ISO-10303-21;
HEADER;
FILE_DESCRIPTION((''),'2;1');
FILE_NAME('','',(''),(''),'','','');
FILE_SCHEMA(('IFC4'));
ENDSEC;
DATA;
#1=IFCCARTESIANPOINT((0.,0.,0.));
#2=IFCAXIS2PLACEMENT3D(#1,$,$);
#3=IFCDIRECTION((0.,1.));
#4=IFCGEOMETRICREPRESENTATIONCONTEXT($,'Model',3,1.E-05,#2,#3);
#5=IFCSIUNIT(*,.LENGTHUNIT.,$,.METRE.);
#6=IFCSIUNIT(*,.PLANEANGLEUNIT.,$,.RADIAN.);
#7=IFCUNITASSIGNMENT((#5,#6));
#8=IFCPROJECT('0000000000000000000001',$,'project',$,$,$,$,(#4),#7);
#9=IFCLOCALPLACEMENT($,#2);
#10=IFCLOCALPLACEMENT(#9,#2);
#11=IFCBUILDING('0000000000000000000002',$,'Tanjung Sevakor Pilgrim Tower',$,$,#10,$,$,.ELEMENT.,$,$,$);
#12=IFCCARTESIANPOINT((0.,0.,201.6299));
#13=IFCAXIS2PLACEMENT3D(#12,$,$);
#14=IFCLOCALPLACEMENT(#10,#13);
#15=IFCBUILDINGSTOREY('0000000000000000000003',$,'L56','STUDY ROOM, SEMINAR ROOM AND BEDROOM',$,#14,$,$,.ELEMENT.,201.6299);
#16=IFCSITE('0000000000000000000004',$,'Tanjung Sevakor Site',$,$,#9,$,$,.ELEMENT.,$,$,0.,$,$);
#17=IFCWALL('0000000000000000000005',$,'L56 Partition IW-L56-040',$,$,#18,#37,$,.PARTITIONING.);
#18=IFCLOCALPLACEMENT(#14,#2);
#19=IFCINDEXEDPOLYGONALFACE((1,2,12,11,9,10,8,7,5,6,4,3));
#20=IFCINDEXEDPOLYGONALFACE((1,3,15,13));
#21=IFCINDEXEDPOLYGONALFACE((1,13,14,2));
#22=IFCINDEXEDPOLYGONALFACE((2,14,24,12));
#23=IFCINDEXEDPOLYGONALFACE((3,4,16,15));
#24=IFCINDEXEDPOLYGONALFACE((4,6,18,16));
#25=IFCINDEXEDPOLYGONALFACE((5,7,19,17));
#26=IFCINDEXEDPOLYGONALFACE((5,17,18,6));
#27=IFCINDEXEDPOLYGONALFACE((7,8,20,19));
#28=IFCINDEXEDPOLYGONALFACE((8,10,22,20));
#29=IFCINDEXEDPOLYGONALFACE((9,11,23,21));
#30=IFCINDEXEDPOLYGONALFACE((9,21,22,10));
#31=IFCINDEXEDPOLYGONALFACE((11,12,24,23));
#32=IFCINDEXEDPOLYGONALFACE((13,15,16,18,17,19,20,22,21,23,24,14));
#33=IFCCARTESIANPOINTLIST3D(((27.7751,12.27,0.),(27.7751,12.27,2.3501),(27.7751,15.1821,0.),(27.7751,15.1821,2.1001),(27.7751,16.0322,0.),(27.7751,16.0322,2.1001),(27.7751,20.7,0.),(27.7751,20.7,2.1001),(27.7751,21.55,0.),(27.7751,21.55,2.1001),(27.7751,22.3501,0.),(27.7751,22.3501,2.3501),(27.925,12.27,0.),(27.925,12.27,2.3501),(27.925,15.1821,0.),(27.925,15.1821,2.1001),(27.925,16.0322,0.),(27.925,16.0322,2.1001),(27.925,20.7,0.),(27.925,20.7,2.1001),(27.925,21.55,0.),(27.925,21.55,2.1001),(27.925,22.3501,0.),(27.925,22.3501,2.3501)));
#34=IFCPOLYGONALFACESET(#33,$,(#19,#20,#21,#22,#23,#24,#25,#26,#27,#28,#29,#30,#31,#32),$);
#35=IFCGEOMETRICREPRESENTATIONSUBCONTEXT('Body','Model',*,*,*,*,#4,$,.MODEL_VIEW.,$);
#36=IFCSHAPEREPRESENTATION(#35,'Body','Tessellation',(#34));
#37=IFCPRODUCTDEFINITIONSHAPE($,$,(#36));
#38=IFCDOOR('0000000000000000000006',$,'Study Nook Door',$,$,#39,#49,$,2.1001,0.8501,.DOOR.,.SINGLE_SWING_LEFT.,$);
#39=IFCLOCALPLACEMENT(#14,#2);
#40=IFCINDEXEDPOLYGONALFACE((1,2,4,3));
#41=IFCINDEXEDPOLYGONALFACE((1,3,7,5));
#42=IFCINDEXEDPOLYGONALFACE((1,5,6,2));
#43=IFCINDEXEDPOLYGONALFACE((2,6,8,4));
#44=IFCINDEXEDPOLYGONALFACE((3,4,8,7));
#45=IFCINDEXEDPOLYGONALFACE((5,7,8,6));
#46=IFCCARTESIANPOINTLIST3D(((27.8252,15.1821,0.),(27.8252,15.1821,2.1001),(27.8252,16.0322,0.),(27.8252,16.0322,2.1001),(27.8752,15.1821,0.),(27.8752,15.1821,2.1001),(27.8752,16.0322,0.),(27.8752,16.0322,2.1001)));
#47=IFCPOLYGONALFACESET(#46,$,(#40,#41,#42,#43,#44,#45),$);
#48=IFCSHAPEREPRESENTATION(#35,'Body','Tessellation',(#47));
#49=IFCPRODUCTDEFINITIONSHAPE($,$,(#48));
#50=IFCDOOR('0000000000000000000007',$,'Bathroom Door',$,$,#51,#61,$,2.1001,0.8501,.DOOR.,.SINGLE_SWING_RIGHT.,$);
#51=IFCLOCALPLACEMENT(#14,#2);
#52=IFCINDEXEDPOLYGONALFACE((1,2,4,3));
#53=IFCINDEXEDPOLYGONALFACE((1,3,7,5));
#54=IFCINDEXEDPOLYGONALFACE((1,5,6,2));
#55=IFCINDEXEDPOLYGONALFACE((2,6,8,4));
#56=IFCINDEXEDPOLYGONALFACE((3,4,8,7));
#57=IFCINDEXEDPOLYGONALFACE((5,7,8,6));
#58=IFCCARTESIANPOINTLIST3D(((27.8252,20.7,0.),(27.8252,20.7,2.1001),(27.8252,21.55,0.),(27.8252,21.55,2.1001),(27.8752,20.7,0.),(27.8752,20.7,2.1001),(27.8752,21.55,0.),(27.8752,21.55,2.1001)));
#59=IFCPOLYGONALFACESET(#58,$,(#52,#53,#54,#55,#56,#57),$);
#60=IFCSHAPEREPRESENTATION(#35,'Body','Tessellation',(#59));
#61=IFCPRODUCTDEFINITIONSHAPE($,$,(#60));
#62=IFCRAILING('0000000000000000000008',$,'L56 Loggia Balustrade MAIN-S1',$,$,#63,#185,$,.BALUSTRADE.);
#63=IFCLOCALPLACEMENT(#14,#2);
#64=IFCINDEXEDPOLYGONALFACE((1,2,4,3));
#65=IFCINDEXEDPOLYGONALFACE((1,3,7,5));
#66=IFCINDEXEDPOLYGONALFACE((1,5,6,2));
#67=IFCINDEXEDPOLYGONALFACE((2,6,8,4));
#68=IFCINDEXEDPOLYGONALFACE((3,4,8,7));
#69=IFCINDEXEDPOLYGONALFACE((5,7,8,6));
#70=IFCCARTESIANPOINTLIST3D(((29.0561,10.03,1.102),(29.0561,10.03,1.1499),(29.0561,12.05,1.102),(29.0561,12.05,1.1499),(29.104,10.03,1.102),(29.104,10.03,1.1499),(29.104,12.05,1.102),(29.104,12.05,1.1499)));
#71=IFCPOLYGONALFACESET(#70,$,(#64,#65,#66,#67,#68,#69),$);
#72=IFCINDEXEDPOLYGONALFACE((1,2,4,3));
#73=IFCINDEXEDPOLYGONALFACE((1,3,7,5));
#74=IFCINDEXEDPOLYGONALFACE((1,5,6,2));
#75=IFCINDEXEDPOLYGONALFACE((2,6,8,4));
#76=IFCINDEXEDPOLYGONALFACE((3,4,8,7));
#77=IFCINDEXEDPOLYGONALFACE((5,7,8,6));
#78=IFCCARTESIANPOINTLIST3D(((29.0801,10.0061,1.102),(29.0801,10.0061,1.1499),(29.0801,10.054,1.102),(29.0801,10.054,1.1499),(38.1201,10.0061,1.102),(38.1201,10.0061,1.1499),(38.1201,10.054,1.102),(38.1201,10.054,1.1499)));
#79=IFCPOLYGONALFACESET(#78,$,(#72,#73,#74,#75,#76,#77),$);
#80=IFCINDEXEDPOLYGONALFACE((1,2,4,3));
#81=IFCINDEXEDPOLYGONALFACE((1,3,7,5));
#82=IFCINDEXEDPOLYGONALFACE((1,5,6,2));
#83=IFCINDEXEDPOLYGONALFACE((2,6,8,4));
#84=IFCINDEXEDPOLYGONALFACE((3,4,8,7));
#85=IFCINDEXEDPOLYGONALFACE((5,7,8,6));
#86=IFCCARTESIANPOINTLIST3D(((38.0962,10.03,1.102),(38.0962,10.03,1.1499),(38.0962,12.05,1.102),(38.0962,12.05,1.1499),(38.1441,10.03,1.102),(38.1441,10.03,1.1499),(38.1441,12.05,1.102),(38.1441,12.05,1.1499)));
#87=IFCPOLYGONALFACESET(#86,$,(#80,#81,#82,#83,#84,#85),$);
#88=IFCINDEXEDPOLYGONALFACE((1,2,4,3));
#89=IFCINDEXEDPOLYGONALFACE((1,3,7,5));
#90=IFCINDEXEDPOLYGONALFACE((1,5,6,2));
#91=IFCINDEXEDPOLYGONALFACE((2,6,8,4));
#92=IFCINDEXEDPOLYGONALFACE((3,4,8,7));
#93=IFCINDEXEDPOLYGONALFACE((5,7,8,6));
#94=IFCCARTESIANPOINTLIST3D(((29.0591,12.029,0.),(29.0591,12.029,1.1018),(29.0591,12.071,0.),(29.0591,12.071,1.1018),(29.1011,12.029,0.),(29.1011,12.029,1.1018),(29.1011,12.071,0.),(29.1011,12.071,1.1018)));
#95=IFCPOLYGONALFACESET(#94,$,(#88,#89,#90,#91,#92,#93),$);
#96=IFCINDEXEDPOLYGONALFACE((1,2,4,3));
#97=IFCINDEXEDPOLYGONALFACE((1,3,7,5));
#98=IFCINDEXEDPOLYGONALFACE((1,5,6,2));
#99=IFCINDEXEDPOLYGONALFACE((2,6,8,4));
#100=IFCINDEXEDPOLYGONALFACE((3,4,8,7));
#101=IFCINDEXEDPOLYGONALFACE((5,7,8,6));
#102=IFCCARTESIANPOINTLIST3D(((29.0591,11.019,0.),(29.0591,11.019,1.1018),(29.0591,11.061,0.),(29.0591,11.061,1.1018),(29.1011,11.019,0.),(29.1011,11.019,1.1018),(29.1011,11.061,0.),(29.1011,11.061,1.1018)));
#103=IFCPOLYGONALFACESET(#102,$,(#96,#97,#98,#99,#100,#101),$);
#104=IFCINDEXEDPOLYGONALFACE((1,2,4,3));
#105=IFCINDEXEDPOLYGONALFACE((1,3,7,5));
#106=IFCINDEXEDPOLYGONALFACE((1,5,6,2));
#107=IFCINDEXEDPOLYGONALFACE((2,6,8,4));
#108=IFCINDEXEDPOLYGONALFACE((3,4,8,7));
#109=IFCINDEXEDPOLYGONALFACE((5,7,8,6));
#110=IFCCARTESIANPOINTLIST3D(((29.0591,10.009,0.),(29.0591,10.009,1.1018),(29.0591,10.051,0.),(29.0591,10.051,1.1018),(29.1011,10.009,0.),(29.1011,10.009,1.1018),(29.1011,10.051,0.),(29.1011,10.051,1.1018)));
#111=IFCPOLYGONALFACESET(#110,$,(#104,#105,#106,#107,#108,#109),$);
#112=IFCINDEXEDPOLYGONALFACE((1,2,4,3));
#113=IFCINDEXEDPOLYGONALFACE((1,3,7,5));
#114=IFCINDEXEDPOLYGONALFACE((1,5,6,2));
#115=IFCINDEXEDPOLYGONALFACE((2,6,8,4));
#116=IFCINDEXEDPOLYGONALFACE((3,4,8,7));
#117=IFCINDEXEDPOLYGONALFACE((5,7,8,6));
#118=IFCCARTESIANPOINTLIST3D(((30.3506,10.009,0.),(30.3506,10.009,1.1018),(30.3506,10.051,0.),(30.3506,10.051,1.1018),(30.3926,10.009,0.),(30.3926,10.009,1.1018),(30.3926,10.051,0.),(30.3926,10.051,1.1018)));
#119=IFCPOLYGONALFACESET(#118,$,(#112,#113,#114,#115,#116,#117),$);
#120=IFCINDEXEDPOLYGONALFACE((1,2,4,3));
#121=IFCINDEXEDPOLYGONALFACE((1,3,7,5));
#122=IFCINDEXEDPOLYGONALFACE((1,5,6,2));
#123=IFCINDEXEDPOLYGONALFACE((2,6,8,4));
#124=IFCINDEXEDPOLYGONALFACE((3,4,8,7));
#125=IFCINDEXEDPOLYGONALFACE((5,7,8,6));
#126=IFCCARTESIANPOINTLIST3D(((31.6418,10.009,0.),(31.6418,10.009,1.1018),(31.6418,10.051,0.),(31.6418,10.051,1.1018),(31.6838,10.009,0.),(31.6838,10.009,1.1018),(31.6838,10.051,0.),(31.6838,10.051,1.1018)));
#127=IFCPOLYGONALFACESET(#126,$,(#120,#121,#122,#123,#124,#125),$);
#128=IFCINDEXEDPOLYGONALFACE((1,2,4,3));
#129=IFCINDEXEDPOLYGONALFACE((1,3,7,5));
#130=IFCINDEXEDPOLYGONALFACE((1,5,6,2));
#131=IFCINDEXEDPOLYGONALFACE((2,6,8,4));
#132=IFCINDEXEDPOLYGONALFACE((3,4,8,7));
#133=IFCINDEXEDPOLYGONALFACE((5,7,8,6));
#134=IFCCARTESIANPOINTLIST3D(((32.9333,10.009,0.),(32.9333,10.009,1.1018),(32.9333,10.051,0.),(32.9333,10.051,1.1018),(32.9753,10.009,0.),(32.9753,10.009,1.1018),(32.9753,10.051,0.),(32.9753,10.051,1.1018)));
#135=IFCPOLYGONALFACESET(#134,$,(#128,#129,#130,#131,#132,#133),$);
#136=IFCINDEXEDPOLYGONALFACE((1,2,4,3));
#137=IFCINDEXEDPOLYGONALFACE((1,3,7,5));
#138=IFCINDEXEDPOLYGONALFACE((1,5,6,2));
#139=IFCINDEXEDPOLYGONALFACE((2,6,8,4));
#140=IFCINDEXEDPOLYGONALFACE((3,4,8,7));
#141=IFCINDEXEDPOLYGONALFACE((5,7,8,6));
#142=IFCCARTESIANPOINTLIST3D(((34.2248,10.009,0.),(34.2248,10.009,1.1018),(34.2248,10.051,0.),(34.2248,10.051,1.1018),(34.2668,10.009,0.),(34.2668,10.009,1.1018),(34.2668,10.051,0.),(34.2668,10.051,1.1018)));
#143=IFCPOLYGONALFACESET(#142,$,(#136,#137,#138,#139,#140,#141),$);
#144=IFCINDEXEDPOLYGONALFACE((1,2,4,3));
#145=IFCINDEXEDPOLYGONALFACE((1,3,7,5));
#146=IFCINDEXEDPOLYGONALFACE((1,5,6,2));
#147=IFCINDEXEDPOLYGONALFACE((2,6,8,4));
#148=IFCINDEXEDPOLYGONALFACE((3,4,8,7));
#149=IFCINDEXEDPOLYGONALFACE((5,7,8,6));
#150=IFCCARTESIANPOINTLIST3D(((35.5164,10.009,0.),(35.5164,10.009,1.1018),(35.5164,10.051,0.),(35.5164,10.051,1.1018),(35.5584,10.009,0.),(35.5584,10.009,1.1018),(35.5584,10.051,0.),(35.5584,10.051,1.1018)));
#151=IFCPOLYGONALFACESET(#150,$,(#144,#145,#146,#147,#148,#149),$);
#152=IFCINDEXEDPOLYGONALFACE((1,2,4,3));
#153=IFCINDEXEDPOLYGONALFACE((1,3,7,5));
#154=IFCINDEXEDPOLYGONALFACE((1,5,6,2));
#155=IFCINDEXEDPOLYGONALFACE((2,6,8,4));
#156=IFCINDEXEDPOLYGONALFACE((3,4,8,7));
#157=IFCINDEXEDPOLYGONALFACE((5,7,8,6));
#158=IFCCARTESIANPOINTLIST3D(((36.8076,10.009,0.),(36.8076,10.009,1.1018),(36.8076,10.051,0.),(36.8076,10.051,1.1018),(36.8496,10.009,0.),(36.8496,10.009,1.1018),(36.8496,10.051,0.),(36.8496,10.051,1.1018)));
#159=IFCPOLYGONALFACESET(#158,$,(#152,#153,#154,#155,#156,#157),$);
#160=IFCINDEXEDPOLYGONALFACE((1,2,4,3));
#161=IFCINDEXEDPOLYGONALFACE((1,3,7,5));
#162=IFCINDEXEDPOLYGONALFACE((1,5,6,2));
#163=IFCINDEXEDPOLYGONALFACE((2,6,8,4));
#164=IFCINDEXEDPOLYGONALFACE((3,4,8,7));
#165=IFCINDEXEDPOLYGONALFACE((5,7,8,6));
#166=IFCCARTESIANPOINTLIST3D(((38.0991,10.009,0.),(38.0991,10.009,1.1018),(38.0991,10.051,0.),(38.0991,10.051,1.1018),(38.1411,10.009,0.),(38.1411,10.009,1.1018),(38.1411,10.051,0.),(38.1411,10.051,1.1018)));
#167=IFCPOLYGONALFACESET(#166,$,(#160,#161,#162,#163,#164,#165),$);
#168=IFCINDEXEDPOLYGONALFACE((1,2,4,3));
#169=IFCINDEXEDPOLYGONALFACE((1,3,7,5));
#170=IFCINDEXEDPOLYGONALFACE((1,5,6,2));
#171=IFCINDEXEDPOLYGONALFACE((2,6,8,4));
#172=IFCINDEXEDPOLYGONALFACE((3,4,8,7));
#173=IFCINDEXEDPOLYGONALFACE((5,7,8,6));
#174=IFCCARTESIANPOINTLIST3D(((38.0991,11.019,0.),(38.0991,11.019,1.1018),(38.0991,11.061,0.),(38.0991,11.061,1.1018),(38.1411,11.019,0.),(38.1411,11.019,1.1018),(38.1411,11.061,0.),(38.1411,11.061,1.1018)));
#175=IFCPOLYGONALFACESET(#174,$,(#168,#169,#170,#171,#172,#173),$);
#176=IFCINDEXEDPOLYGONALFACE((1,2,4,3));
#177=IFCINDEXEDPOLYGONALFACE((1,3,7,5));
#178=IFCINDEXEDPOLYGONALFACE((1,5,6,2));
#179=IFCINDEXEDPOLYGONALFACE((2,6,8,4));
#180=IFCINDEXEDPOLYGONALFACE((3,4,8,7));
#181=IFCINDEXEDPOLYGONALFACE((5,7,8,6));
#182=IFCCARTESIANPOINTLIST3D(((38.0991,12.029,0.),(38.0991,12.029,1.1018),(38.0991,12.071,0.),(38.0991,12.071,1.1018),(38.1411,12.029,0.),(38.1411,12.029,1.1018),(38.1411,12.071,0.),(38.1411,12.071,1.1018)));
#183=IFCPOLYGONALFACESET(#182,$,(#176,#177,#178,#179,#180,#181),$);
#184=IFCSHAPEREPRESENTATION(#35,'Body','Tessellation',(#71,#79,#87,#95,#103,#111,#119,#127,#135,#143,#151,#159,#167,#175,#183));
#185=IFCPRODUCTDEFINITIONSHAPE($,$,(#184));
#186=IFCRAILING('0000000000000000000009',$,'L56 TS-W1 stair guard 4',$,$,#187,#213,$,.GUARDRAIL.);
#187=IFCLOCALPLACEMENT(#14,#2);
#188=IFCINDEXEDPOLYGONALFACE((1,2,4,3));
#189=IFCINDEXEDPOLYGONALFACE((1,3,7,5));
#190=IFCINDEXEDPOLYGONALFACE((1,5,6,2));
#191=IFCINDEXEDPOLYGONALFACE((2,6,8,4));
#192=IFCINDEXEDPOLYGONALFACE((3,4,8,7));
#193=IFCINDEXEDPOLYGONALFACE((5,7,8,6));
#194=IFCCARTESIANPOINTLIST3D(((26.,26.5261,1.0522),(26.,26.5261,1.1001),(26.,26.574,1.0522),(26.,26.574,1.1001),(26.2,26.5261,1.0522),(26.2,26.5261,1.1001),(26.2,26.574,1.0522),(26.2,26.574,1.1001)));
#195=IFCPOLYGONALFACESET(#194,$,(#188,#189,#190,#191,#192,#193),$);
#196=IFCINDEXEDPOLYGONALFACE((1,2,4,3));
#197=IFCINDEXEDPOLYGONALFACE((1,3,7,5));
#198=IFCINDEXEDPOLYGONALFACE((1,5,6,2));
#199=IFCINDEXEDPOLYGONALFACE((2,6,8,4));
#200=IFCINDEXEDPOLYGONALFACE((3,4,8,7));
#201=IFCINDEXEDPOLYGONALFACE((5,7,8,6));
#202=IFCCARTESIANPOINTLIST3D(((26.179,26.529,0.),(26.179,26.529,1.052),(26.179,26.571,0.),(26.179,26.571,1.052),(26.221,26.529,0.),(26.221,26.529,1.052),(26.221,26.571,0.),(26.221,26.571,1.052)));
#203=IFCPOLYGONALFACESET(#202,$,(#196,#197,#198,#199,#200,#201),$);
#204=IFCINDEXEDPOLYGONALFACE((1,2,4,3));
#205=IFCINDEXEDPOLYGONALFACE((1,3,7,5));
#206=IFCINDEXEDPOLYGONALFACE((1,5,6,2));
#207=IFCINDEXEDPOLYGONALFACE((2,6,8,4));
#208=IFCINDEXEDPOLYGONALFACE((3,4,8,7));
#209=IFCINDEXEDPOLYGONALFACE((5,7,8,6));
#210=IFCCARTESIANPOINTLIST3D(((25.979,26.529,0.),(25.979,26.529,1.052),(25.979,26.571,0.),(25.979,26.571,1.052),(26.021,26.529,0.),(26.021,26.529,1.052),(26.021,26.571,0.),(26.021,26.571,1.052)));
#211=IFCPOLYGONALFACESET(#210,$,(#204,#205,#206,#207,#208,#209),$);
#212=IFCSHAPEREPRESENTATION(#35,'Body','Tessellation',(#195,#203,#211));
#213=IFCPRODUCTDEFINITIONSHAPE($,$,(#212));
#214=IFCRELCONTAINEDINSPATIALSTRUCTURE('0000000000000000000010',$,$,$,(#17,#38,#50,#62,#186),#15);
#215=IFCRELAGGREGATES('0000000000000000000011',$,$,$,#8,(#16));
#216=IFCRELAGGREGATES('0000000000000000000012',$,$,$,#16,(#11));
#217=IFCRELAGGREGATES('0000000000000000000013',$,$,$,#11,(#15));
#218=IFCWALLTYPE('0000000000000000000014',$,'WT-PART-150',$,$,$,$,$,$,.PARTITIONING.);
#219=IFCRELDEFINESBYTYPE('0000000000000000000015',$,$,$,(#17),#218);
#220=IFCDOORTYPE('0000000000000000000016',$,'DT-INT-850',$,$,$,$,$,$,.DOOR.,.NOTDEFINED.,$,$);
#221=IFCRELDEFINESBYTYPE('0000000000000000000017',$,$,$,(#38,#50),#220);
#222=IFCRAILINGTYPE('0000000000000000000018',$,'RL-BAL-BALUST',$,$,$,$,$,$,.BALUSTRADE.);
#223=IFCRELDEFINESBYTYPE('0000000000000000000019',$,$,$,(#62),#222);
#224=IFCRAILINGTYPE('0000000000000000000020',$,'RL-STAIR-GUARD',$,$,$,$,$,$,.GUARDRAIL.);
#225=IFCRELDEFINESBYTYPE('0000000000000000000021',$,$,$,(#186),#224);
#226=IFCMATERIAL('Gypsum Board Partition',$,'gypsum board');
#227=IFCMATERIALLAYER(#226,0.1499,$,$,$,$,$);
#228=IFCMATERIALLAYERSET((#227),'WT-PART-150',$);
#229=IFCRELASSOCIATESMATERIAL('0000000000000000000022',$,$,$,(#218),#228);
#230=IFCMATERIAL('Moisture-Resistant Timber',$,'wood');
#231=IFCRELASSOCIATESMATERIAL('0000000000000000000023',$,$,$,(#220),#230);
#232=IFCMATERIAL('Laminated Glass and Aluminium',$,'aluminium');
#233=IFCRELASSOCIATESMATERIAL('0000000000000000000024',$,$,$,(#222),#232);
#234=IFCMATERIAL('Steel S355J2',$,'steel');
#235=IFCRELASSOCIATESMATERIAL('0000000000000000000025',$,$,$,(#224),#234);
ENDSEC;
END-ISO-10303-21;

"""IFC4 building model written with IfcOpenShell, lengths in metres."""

from ifc_helpers import new_model, si_unit, direction, frame, frame_2d, origin, place, context, subcontext, project, spatial, rectangle, extrude, material, layer, layer_set, type_object, element, fill, save


model = new_model("IFC4")

# Units and contexts
model_context = context("Model", 3, precision=1e-05, world=origin(), true_north=direction((0.0, 1.0)))
body_context = subcontext(model_context, "Body", "Model", "MODEL_VIEW")
ifc_project = project(units=[si_unit("LENGTHUNIT", "METRE"), si_unit("PLANEANGLEUNIT", "RADIAN")], contexts=[model_context])

# Site, building, storey
site_placement = place(None, origin())
site = spatial("IfcSite", under=ifc_project, at=site_placement, Name="Tanjung Sevakor Site", CompositionType="ELEMENT", RefElevation=0.0)
building_placement = place(site_placement, origin())
building = spatial("IfcBuilding", under=site, at=building_placement, Name="Tanjung Sevakor Pilgrim Tower", CompositionType="ELEMENT")
storey_placement = place(building_placement, frame((0.0, 0.0, 201.6299)))
storey = spatial("IfcBuildingStorey", under=building, at=storey_placement, Name="L56", Description="STUDY ROOM, SEMINAR ROOM AND BEDROOM", CompositionType="ELEMENT", Elevation=201.6299)

# Shared definitions
ifc_material_1 = material(Name="Gypsum Board Partition", Category="gypsum board")
ifc_layer_1 = layer(ifc_material_1, 0.1499)
ifc_layer_set_1 = layer_set([ifc_layer_1], Name="WT-PART-150")
wall_type_1 = type_object("IfcWallType", Name="WT-PART-150", PredefinedType="PARTITIONING", material=ifc_layer_set_1)

# Wall, openings, doors
wall_1_placement = place(storey_placement, frame((27.8501, 12.27, 0.0), z_axis=(0.0, 0.0, 1.0), x_axis=(0.0, 1.0, 0.0)))
wall_1 = element("IfcWall", 1, at=wall_1_placement, inside=storey, type_object=wall_type_1, Name="L56 Partition IW-L56-040", PredefinedType="PARTITIONING", context=body_context, shape_type="SweptSolid", body=[
    extrude(rectangle(XDim=10.0801, YDim=0.1499, at=frame_2d((5.04, 0.0))), origin(), (0.0, 0.0, 1.0), 2.3501),
])
opening_1_placement = place(wall_1_placement, frame((2.9121, 0.0, 0.0)))
opening_1 = element("IfcOpeningElement", 2, at=opening_1_placement, cuts=wall_1, PredefinedType="OPENING", context=body_context, shape_type="SweptSolid", body=[
    extrude(rectangle(XDim=0.8501, YDim=2.1001, at=frame_2d((0.425, 1.05))), frame((0.0, 0.085, 0.0), z_axis=(0.0, -1.0, 0.0), x_axis=(1.0, 0.0, 0.0)), (0.0, 0.0, 1.0), 0.1699),
])
opening_2_placement = place(wall_1_placement, frame((8.4299, 0.0, 0.0)))
opening_2 = element("IfcOpeningElement", 3, at=opening_2_placement, cuts=wall_1, PredefinedType="OPENING", context=body_context, shape_type="SweptSolid", body=[
    extrude(rectangle(XDim=0.8501, YDim=2.1001, at=frame_2d((0.425, 1.05))), frame((0.0, 0.085, 0.0), z_axis=(0.0, -1.0, 0.0), x_axis=(1.0, 0.0, 0.0)), (0.0, 0.0, 1.0), 0.1699),
])
ifc_material_2 = material(Name="Moisture-Resistant Timber", Category="wood")
door_type_1 = type_object("IfcDoorType", Name="DT-INT-850", OperationType="NOTDEFINED", PredefinedType="DOOR", material=ifc_material_2)
door_1_placement = place(opening_1_placement, origin())
door_1 = element("IfcDoor", 4, at=door_1_placement, inside=storey, type_object=door_type_1, Name="Study Nook Door", OperationType="SINGLE_SWING_LEFT", OverallHeight=2.1001, OverallWidth=0.8501, PredefinedType="DOOR", context=body_context, shape_type="SweptSolid", body=[
    extrude(rectangle(XDim=0.8501, YDim=2.1001, at=frame_2d((0.425, 1.05))), frame((0.0, 0.0249, 0.0), z_axis=(0.0, -1.0, 0.0), x_axis=(1.0, 0.0, 0.0)), (0.0, 0.0, 1.0), 0.05),
])
fill(opening_1, door_1)
door_2_placement = place(opening_2_placement, origin())
door_2 = element("IfcDoor", 5, at=door_2_placement, inside=storey, type_object=door_type_1, Name="Bathroom Door", OperationType="SINGLE_SWING_RIGHT", OverallHeight=2.1001, OverallWidth=0.8501, PredefinedType="DOOR", context=body_context, shape_type="SweptSolid", body=[
    extrude(rectangle(XDim=0.8501, YDim=2.1001, at=frame_2d((0.425, 1.05))), frame((0.0, 0.0249, 0.0), z_axis=(0.0, -1.0, 0.0), x_axis=(1.0, 0.0, 0.0)), (0.0, 0.0, 1.0), 0.05),
])
fill(opening_2, door_2)

# Railings
ifc_material_3 = material(Name="Laminated Glass and Aluminium", Category="aluminium")
railing_type_1 = type_object("IfcRailingType", Name="RL-BAL-BALUST", PredefinedType="BALUSTRADE", material=ifc_material_3)
railing_1_placement = place(storey_placement, frame((29.0801, 12.05, 0.0)))
element("IfcRailing", 6, at=railing_1_placement, inside=storey, type_object=railing_type_1, Name="L56 Loggia Balustrade MAIN-S1", PredefinedType="BALUSTRADE", context=body_context, shape_type="SweptSolid", body=[
    extrude(rectangle(XDim=0.0479, YDim=0.0479), frame((0.0, 0.0, 1.126), z_axis=(0.0, -1.0, 0.0), x_axis=(1.0, 0.0, 0.0)), (0.0, 0.0, 1.0), 2.02),
    extrude(rectangle(XDim=0.0479, YDim=0.0479), frame((0.0, -2.02, 1.126), z_axis=(1.0, 0.0, 0.0), x_axis=(0.0, 1.0, 0.0)), (0.0, 0.0, 1.0), 9.04),
    extrude(rectangle(XDim=0.0479, YDim=0.0479), frame((9.04, -2.02, 1.126), z_axis=(0.0, 1.0, 0.0), x_axis=(-1.0, 0.0, 0.0)), (0.0, 0.0, 1.0), 2.02),
    extrude(rectangle(XDim=0.042, YDim=0.042), origin(), (0.0, 0.0, 1.0), 1.1018),
    extrude(rectangle(XDim=0.042, YDim=0.042), frame((0.0, -1.01, 0.0)), (0.0, 0.0, 1.0), 1.1018),
    extrude(rectangle(XDim=0.042, YDim=0.042), frame((0.0, -2.02, 0.0)), (0.0, 0.0, 1.0), 1.1018),
    extrude(rectangle(XDim=0.042, YDim=0.042), frame((1.2915, -2.02, 0.0)), (0.0, 0.0, 1.0), 1.1018),
    extrude(rectangle(XDim=0.042, YDim=0.042), frame((2.5828, -2.02, 0.0)), (0.0, 0.0, 1.0), 1.1018),
    extrude(rectangle(XDim=0.042, YDim=0.042), frame((3.8743, -2.02, 0.0)), (0.0, 0.0, 1.0), 1.1018),
    extrude(rectangle(XDim=0.042, YDim=0.042), frame((5.1658, -2.02, 0.0)), (0.0, 0.0, 1.0), 1.1018),
    extrude(rectangle(XDim=0.042, YDim=0.042), frame((6.4573, -2.02, 0.0)), (0.0, 0.0, 1.0), 1.1018),
    extrude(rectangle(XDim=0.042, YDim=0.042), frame((7.7485, -2.02, 0.0)), (0.0, 0.0, 1.0), 1.1018),
    extrude(rectangle(XDim=0.042, YDim=0.042), frame((9.04, -2.02, 0.0)), (0.0, 0.0, 1.0), 1.1018),
    extrude(rectangle(XDim=0.042, YDim=0.042), frame((9.04, -1.01, 0.0)), (0.0, 0.0, 1.0), 1.1018),
    extrude(rectangle(XDim=0.042, YDim=0.042), frame((9.04, 0.0, 0.0)), (0.0, 0.0, 1.0), 1.1018),
])
ifc_material_4 = material(Name="Steel S355J2", Category="steel")
railing_type_2 = type_object("IfcRailingType", Name="RL-STAIR-GUARD", PredefinedType="GUARDRAIL", material=ifc_material_4)
railing_2_placement = place(storey_placement, frame((26.2, 26.55, 0.0)))
element("IfcRailing", 7, at=railing_2_placement, inside=storey, type_object=railing_type_2, Name="L56 TS-W1 stair guard 4", PredefinedType="GUARDRAIL", context=body_context, shape_type="SweptSolid", body=[
    extrude(rectangle(XDim=0.0479, YDim=0.0479), frame((0.0, 0.0, 1.0762), z_axis=(-1.0, 0.0, 0.0), x_axis=(0.0, -1.0, 0.0)), (0.0, 0.0, 1.0), 0.2),
    extrude(rectangle(XDim=0.042, YDim=0.042), origin(), (0.0, 0.0, 1.0), 1.052),
    extrude(rectangle(XDim=0.042, YDim=0.042), frame((-0.2, 0.0, 0.0)), (0.0, 0.0, 1.0), 1.052),
])

save(model, "model.ifc")
